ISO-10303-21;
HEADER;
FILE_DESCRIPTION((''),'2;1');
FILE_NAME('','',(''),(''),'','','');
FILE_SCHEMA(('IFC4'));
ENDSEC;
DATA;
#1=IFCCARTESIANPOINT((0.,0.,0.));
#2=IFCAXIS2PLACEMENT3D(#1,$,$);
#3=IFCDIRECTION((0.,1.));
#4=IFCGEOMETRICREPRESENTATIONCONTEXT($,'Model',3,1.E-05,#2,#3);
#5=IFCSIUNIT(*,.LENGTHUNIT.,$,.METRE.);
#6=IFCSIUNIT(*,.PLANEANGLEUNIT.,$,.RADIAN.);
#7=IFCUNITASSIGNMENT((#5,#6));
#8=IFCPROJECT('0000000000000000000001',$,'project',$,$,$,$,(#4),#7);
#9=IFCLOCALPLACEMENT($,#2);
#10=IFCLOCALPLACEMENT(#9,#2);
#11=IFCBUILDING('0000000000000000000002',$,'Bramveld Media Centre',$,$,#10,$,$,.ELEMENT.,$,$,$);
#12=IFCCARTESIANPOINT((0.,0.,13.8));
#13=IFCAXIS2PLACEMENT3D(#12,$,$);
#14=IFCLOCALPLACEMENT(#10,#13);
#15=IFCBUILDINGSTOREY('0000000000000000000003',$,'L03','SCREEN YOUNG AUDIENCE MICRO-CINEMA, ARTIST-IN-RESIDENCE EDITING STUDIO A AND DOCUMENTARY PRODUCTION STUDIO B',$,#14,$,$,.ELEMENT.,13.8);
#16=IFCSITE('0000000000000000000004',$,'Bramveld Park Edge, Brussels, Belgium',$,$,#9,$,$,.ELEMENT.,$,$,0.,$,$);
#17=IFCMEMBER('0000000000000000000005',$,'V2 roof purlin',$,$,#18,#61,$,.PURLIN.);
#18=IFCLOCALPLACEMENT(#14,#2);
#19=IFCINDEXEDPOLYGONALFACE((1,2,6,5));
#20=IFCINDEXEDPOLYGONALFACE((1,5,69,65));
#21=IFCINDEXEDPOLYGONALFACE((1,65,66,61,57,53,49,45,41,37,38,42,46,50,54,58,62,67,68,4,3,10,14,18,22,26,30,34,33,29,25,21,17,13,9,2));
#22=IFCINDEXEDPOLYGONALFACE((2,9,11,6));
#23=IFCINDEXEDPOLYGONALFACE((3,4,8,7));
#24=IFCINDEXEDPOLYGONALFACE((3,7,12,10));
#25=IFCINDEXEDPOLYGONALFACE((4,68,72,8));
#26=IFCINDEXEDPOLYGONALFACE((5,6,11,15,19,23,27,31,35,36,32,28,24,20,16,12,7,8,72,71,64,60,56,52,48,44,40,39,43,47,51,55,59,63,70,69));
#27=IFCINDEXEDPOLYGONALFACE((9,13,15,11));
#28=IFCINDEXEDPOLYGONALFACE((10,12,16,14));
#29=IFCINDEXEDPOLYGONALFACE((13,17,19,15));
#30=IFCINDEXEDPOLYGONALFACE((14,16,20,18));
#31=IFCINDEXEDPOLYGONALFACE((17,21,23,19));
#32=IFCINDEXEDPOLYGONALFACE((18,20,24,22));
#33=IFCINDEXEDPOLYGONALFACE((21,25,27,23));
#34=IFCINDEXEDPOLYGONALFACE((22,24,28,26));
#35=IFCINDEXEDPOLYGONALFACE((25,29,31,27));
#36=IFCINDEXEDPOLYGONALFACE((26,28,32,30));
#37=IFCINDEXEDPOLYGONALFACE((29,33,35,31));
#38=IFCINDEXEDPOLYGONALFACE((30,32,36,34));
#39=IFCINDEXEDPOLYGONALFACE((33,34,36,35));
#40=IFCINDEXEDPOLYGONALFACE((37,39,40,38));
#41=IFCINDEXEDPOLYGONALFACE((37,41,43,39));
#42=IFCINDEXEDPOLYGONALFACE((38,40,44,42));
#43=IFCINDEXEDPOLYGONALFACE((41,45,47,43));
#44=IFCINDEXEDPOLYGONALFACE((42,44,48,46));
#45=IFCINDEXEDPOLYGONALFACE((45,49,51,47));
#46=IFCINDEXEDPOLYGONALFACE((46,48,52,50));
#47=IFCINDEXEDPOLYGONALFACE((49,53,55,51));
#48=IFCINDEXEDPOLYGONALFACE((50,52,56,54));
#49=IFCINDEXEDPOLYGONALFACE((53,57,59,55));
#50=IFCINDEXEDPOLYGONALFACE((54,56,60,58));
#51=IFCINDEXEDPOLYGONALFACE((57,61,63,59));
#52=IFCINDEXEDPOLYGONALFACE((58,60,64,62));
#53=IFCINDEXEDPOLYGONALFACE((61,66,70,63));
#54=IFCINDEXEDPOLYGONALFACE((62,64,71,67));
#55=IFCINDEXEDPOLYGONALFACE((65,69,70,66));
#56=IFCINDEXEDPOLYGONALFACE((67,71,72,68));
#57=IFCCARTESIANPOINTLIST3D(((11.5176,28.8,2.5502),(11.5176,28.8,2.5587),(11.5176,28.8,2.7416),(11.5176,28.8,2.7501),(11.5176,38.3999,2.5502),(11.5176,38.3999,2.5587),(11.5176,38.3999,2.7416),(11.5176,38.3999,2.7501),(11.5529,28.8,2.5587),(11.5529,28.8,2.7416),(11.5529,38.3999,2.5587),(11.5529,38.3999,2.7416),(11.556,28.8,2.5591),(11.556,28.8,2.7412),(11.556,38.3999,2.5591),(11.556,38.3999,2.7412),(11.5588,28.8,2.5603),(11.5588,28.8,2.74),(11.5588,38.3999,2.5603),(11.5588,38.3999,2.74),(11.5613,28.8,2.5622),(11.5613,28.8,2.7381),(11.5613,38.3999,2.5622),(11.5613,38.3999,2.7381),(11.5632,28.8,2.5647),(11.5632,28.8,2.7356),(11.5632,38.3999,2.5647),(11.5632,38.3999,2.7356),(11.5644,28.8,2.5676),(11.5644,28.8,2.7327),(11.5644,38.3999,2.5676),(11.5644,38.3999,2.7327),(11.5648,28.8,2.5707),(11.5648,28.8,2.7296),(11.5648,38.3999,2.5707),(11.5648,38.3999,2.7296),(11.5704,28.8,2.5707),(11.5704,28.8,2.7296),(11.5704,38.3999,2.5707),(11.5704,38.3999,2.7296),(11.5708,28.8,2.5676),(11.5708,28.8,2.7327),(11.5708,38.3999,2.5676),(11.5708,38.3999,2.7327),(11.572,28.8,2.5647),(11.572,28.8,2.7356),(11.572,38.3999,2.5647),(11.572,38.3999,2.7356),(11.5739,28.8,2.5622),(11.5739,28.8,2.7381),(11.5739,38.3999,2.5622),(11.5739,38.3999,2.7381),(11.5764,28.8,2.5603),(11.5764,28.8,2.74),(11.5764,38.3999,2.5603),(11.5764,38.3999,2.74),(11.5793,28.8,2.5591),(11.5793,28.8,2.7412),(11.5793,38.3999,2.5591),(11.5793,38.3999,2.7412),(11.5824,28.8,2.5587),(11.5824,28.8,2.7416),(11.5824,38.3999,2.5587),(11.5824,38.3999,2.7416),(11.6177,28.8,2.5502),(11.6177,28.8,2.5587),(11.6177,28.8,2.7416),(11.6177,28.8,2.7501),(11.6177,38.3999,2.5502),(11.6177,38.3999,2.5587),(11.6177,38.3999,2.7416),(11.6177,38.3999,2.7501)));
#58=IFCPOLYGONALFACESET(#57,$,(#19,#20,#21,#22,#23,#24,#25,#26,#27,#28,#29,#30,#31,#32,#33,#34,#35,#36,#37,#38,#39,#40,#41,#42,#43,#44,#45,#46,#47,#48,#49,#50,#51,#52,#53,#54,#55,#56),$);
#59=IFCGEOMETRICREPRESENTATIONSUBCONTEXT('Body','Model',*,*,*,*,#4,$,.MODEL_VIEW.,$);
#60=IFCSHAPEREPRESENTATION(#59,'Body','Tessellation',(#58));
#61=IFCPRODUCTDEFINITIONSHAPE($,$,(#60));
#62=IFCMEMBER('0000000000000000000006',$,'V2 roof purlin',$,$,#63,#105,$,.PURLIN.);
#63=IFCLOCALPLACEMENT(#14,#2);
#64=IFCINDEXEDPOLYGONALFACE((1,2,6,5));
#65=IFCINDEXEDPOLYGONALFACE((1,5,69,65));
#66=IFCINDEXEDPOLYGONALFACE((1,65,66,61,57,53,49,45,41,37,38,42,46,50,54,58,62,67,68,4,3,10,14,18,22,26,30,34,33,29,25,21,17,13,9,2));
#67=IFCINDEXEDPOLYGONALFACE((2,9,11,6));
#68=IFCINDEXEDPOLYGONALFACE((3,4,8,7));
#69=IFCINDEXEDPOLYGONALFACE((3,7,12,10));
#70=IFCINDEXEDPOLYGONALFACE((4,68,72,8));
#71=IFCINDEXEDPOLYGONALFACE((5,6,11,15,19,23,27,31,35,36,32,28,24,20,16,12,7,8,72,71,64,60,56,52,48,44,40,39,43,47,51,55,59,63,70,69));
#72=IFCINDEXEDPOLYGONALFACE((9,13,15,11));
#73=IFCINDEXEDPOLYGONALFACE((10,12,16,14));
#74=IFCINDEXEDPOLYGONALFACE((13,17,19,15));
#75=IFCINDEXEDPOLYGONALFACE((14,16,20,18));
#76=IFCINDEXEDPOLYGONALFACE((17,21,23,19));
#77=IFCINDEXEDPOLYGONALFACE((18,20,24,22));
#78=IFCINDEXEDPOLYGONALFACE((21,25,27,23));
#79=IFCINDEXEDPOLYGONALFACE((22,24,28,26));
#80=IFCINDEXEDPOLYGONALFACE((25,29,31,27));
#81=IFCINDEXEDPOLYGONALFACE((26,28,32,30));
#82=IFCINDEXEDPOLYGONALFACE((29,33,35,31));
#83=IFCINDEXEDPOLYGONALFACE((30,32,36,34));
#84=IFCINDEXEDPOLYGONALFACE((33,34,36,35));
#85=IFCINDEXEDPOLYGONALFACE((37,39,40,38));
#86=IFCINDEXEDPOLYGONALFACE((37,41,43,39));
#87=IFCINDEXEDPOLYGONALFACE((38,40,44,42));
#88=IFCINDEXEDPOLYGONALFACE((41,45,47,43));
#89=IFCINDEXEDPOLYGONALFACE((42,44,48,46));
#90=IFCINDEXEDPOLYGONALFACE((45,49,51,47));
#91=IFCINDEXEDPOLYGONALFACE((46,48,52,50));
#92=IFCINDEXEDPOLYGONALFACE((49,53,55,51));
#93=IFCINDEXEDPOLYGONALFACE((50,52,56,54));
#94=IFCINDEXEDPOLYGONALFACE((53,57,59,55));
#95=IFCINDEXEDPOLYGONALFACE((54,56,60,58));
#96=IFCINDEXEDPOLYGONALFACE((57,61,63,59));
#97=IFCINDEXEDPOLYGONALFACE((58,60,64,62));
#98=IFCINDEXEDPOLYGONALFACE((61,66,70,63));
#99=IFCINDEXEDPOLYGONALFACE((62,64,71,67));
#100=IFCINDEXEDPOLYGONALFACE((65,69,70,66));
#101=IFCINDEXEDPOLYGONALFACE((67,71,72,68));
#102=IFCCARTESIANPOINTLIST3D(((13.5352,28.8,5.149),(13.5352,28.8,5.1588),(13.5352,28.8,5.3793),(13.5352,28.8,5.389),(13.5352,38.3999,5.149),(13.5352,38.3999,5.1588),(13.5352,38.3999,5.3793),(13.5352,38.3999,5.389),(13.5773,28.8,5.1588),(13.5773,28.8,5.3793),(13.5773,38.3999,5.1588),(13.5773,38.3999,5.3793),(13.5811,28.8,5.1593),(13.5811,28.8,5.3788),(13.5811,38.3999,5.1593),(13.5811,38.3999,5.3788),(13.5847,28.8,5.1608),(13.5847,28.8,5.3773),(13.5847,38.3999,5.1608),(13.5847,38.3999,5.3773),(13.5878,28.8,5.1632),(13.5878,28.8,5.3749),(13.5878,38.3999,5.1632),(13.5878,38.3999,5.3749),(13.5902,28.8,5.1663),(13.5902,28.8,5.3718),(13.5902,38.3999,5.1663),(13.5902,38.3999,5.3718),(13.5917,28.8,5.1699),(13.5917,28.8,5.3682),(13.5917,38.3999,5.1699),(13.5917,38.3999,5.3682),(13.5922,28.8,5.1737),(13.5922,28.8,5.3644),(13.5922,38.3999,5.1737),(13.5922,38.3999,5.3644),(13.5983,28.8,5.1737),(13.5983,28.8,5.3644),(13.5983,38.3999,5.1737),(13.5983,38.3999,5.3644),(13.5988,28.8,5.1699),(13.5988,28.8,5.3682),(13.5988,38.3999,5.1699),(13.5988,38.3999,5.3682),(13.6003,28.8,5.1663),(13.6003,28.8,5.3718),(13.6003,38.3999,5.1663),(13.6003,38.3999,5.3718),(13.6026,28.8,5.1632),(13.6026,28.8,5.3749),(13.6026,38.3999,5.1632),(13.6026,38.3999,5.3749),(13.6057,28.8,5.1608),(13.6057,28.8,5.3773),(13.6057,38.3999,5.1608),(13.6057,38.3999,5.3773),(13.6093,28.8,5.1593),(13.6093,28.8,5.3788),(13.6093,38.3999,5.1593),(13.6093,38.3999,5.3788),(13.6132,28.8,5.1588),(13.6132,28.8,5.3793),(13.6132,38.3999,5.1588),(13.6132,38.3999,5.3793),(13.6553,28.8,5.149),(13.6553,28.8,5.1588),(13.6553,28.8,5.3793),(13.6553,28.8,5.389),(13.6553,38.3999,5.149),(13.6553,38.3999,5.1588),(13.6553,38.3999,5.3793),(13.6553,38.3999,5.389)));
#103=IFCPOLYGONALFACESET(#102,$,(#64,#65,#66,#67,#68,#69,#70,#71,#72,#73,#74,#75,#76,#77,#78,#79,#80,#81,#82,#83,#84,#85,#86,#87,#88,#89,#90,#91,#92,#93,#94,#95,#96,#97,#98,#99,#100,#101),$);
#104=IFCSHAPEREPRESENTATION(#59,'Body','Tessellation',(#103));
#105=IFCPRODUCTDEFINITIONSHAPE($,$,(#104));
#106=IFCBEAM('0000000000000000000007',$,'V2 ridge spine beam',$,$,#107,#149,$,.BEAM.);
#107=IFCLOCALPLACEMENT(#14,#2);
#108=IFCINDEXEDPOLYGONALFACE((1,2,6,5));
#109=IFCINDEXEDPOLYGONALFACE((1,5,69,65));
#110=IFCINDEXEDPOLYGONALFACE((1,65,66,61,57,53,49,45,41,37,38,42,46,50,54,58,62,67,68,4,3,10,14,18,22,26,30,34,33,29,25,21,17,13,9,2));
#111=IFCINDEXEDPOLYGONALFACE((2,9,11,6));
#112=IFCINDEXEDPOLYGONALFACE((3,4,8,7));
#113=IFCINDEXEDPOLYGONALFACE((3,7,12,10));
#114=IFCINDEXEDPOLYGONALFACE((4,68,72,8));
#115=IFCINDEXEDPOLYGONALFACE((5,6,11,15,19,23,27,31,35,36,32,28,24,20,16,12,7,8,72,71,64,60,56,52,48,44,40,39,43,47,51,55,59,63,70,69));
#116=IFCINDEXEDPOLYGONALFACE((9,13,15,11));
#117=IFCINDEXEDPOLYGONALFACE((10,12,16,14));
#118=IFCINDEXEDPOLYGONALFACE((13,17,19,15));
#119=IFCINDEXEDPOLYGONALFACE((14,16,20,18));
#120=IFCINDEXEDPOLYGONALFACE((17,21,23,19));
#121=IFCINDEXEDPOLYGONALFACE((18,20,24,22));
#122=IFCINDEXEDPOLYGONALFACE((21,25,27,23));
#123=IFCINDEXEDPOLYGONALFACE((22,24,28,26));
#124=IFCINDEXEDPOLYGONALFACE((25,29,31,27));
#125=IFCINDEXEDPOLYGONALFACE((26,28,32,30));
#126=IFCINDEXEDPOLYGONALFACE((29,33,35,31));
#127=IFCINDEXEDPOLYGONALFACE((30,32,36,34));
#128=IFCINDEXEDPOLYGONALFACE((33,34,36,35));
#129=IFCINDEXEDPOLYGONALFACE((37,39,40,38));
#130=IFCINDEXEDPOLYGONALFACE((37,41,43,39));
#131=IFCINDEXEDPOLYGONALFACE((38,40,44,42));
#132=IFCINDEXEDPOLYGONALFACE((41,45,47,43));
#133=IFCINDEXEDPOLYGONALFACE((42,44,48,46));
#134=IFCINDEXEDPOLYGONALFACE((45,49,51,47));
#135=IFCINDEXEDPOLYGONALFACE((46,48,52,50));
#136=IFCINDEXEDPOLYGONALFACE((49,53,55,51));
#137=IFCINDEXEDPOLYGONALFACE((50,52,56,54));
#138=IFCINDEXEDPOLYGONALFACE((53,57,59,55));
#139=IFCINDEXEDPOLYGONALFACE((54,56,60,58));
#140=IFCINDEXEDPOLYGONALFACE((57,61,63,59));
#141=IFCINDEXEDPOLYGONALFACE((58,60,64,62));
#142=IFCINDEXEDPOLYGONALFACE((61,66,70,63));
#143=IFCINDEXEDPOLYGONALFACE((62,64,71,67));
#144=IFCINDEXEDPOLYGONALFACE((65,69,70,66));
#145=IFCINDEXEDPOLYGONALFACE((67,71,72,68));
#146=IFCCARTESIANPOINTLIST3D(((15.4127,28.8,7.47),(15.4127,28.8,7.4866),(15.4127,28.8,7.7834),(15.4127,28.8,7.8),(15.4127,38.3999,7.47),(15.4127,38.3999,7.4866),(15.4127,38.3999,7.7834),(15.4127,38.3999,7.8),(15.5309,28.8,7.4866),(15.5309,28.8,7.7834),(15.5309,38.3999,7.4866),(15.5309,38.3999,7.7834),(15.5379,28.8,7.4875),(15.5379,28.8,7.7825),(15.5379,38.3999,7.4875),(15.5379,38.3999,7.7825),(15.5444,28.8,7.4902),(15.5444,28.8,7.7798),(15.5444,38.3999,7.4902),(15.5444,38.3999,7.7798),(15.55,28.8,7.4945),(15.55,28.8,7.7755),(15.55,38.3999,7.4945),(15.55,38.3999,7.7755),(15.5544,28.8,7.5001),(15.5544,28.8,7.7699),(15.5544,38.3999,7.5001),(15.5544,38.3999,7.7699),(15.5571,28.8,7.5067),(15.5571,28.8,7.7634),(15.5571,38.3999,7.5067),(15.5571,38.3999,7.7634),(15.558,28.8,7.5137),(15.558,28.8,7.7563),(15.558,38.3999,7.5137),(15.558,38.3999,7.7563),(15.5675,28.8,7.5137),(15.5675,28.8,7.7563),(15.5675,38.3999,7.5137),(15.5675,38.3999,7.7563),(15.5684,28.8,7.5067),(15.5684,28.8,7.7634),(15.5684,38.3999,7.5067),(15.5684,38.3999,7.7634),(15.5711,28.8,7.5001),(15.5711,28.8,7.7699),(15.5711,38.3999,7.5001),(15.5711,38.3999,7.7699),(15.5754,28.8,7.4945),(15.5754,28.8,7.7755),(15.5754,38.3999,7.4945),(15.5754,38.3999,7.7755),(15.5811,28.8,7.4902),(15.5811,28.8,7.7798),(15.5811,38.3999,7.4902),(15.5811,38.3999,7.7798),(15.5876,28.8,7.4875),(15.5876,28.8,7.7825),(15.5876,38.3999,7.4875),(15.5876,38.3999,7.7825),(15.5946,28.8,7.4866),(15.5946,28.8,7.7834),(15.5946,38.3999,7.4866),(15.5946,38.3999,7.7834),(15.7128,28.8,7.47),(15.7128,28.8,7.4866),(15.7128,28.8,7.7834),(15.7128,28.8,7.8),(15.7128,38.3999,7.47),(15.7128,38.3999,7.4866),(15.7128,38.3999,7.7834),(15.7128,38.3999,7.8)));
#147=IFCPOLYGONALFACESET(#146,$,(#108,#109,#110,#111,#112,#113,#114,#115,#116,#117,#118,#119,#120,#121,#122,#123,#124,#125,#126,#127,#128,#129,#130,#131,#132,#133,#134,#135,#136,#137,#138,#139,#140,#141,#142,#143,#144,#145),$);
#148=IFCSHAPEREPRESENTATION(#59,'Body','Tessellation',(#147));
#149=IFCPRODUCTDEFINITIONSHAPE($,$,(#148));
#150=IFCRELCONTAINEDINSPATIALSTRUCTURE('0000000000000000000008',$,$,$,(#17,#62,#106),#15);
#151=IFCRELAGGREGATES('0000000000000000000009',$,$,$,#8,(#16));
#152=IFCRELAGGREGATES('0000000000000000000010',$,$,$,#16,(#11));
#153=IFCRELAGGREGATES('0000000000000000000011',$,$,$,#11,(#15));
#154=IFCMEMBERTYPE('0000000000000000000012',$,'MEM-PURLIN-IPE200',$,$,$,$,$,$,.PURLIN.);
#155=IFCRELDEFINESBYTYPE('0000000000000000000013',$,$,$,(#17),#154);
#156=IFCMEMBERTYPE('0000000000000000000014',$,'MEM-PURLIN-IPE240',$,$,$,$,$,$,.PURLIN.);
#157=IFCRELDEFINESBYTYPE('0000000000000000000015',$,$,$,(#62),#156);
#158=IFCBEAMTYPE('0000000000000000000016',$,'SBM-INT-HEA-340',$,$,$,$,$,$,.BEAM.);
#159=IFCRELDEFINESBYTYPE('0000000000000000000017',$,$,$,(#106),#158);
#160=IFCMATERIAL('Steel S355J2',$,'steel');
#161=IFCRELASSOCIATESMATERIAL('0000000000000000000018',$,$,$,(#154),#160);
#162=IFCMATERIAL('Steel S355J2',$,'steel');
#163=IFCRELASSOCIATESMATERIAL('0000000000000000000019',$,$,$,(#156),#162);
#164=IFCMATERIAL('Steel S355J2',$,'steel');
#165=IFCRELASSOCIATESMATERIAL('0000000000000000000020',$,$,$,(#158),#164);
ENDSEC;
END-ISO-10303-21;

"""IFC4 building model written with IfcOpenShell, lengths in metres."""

from ifc_helpers import new_model, si_unit, direction, frame, origin, origin_2d, place, context, subcontext, project, spatial, i_section, extrude, material, material_profile, profile_set, type_object, element, save


model = new_model("IFC4")

# Units and contexts
model_context = context("Model", 3, precision=1e-05, world=origin(), true_north=direction((0.0, 1.0)))
body_context = subcontext(model_context, "Body", "Model", "MODEL_VIEW")
ifc_project = project(units=[si_unit("LENGTHUNIT", "METRE"), si_unit("PLANEANGLEUNIT", "RADIAN")], contexts=[model_context])

# Site, building, storey
site_placement = place(None, origin())
site = spatial("IfcSite", under=ifc_project, at=site_placement, Name="Bramveld Park Edge, Brussels, Belgium", CompositionType="ELEMENT", RefElevation=0.0)
building_placement = place(site_placement, origin())
building = spatial("IfcBuilding", under=site, at=building_placement, Name="Bramveld Media Centre", CompositionType="ELEMENT")
storey_placement = place(building_placement, frame((0.0, 0.0, 13.8)))
storey = spatial("IfcBuildingStorey", under=building, at=storey_placement, Name="L03", Description="SCREEN YOUNG AUDIENCE MICRO-CINEMA, ARTIST-IN-RESIDENCE EDITING STUDIO A AND DOCUMENTARY PRODUCTION STUDIO B", CompositionType="ELEMENT", Elevation=13.8)

# Members
ifc_material_1 = material(Name="Steel S355J2", Category="steel")
ifc_material_profile_1 = material_profile(ifc_material_1, i_section(OverallWidth=0.1001, OverallDepth=0.2, WebThickness=0.0056, FlangeThickness=0.0085, FilletRadius=0.012, at=origin_2d()), Name="IPE 200")
ifc_profile_set_1 = profile_set([ifc_material_profile_1], Name="Steel S355J2")
member_type_1 = type_object("IfcMemberType", Name="MEM-PURLIN-IPE200", PredefinedType="PURLIN", material=ifc_profile_set_1)
member_1_placement = place(storey_placement, frame((11.5676, 28.8, 2.6501), z_axis=(0.0, 1.0, 0.0), x_axis=(-1.0, 0.0, 0.0)))
element("IfcMember", 1, at=member_1_placement, inside=storey, type_object=member_type_1, Name="V2 roof purlin", PredefinedType="PURLIN", context=body_context, shape_type="SweptSolid", body=[
    extrude(i_section(OverallWidth=0.1001, OverallDepth=0.2, WebThickness=0.0056, FlangeThickness=0.0085, FilletRadius=0.012, at=origin_2d()), origin(), (0.0, 0.0, 1.0), 9.5999),
])
ifc_material_2 = material(Name="Steel S355J2", Category="steel")
ifc_material_profile_2 = material_profile(ifc_material_2, i_section(OverallWidth=0.1201, OverallDepth=0.24, WebThickness=0.0061, FlangeThickness=0.0098, FilletRadius=0.0149, at=origin_2d()), Name="IPE 240")
ifc_profile_set_2 = profile_set([ifc_material_profile_2], Name="Steel S355J2")
member_type_2 = type_object("IfcMemberType", Name="MEM-PURLIN-IPE240", PredefinedType="PURLIN", material=ifc_profile_set_2)
member_2_placement = place(storey_placement, frame((13.5952, 28.8, 5.269), z_axis=(0.0, 1.0, 0.0), x_axis=(-1.0, 0.0, 0.0)))
element("IfcMember", 2, at=member_2_placement, inside=storey, type_object=member_type_2, Name="V2 roof purlin", PredefinedType="PURLIN", context=body_context, shape_type="SweptSolid", body=[
    extrude(i_section(OverallWidth=0.1201, OverallDepth=0.24, WebThickness=0.0061, FlangeThickness=0.0098, FilletRadius=0.0149, at=origin_2d()), origin(), (0.0, 0.0, 1.0), 9.5999),
])

# Beam
ifc_material_3 = material(Name="Steel S355J2", Category="steel")
ifc_material_profile_3 = material_profile(ifc_material_3, i_section(OverallWidth=0.3, OverallDepth=0.3301, WebThickness=0.0095, FlangeThickness=0.0166, FilletRadius=0.0271, at=origin_2d()), Name="HEA 340")
ifc_profile_set_3 = profile_set([ifc_material_profile_3], Name="Steel S355J2")
beam_type_1 = type_object("IfcBeamType", Name="SBM-INT-HEA-340", PredefinedType="BEAM", material=ifc_profile_set_3)
beam_1_placement = place(storey_placement, frame((15.5627, 28.8, 7.635), z_axis=(0.0, 1.0, 0.0), x_axis=(-1.0, 0.0, 0.0)))
element("IfcBeam", 3, at=beam_1_placement, inside=storey, type_object=beam_type_1, Name="V2 ridge spine beam", PredefinedType="BEAM", context=body_context, shape_type="SweptSolid", body=[
    extrude(i_section(OverallWidth=0.3, OverallDepth=0.3301, WebThickness=0.0095, FlangeThickness=0.0166, FilletRadius=0.0271, at=origin_2d()), origin(), (0.0, 0.0, 1.0), 9.5999),
])

save(model, "model.ifc")
